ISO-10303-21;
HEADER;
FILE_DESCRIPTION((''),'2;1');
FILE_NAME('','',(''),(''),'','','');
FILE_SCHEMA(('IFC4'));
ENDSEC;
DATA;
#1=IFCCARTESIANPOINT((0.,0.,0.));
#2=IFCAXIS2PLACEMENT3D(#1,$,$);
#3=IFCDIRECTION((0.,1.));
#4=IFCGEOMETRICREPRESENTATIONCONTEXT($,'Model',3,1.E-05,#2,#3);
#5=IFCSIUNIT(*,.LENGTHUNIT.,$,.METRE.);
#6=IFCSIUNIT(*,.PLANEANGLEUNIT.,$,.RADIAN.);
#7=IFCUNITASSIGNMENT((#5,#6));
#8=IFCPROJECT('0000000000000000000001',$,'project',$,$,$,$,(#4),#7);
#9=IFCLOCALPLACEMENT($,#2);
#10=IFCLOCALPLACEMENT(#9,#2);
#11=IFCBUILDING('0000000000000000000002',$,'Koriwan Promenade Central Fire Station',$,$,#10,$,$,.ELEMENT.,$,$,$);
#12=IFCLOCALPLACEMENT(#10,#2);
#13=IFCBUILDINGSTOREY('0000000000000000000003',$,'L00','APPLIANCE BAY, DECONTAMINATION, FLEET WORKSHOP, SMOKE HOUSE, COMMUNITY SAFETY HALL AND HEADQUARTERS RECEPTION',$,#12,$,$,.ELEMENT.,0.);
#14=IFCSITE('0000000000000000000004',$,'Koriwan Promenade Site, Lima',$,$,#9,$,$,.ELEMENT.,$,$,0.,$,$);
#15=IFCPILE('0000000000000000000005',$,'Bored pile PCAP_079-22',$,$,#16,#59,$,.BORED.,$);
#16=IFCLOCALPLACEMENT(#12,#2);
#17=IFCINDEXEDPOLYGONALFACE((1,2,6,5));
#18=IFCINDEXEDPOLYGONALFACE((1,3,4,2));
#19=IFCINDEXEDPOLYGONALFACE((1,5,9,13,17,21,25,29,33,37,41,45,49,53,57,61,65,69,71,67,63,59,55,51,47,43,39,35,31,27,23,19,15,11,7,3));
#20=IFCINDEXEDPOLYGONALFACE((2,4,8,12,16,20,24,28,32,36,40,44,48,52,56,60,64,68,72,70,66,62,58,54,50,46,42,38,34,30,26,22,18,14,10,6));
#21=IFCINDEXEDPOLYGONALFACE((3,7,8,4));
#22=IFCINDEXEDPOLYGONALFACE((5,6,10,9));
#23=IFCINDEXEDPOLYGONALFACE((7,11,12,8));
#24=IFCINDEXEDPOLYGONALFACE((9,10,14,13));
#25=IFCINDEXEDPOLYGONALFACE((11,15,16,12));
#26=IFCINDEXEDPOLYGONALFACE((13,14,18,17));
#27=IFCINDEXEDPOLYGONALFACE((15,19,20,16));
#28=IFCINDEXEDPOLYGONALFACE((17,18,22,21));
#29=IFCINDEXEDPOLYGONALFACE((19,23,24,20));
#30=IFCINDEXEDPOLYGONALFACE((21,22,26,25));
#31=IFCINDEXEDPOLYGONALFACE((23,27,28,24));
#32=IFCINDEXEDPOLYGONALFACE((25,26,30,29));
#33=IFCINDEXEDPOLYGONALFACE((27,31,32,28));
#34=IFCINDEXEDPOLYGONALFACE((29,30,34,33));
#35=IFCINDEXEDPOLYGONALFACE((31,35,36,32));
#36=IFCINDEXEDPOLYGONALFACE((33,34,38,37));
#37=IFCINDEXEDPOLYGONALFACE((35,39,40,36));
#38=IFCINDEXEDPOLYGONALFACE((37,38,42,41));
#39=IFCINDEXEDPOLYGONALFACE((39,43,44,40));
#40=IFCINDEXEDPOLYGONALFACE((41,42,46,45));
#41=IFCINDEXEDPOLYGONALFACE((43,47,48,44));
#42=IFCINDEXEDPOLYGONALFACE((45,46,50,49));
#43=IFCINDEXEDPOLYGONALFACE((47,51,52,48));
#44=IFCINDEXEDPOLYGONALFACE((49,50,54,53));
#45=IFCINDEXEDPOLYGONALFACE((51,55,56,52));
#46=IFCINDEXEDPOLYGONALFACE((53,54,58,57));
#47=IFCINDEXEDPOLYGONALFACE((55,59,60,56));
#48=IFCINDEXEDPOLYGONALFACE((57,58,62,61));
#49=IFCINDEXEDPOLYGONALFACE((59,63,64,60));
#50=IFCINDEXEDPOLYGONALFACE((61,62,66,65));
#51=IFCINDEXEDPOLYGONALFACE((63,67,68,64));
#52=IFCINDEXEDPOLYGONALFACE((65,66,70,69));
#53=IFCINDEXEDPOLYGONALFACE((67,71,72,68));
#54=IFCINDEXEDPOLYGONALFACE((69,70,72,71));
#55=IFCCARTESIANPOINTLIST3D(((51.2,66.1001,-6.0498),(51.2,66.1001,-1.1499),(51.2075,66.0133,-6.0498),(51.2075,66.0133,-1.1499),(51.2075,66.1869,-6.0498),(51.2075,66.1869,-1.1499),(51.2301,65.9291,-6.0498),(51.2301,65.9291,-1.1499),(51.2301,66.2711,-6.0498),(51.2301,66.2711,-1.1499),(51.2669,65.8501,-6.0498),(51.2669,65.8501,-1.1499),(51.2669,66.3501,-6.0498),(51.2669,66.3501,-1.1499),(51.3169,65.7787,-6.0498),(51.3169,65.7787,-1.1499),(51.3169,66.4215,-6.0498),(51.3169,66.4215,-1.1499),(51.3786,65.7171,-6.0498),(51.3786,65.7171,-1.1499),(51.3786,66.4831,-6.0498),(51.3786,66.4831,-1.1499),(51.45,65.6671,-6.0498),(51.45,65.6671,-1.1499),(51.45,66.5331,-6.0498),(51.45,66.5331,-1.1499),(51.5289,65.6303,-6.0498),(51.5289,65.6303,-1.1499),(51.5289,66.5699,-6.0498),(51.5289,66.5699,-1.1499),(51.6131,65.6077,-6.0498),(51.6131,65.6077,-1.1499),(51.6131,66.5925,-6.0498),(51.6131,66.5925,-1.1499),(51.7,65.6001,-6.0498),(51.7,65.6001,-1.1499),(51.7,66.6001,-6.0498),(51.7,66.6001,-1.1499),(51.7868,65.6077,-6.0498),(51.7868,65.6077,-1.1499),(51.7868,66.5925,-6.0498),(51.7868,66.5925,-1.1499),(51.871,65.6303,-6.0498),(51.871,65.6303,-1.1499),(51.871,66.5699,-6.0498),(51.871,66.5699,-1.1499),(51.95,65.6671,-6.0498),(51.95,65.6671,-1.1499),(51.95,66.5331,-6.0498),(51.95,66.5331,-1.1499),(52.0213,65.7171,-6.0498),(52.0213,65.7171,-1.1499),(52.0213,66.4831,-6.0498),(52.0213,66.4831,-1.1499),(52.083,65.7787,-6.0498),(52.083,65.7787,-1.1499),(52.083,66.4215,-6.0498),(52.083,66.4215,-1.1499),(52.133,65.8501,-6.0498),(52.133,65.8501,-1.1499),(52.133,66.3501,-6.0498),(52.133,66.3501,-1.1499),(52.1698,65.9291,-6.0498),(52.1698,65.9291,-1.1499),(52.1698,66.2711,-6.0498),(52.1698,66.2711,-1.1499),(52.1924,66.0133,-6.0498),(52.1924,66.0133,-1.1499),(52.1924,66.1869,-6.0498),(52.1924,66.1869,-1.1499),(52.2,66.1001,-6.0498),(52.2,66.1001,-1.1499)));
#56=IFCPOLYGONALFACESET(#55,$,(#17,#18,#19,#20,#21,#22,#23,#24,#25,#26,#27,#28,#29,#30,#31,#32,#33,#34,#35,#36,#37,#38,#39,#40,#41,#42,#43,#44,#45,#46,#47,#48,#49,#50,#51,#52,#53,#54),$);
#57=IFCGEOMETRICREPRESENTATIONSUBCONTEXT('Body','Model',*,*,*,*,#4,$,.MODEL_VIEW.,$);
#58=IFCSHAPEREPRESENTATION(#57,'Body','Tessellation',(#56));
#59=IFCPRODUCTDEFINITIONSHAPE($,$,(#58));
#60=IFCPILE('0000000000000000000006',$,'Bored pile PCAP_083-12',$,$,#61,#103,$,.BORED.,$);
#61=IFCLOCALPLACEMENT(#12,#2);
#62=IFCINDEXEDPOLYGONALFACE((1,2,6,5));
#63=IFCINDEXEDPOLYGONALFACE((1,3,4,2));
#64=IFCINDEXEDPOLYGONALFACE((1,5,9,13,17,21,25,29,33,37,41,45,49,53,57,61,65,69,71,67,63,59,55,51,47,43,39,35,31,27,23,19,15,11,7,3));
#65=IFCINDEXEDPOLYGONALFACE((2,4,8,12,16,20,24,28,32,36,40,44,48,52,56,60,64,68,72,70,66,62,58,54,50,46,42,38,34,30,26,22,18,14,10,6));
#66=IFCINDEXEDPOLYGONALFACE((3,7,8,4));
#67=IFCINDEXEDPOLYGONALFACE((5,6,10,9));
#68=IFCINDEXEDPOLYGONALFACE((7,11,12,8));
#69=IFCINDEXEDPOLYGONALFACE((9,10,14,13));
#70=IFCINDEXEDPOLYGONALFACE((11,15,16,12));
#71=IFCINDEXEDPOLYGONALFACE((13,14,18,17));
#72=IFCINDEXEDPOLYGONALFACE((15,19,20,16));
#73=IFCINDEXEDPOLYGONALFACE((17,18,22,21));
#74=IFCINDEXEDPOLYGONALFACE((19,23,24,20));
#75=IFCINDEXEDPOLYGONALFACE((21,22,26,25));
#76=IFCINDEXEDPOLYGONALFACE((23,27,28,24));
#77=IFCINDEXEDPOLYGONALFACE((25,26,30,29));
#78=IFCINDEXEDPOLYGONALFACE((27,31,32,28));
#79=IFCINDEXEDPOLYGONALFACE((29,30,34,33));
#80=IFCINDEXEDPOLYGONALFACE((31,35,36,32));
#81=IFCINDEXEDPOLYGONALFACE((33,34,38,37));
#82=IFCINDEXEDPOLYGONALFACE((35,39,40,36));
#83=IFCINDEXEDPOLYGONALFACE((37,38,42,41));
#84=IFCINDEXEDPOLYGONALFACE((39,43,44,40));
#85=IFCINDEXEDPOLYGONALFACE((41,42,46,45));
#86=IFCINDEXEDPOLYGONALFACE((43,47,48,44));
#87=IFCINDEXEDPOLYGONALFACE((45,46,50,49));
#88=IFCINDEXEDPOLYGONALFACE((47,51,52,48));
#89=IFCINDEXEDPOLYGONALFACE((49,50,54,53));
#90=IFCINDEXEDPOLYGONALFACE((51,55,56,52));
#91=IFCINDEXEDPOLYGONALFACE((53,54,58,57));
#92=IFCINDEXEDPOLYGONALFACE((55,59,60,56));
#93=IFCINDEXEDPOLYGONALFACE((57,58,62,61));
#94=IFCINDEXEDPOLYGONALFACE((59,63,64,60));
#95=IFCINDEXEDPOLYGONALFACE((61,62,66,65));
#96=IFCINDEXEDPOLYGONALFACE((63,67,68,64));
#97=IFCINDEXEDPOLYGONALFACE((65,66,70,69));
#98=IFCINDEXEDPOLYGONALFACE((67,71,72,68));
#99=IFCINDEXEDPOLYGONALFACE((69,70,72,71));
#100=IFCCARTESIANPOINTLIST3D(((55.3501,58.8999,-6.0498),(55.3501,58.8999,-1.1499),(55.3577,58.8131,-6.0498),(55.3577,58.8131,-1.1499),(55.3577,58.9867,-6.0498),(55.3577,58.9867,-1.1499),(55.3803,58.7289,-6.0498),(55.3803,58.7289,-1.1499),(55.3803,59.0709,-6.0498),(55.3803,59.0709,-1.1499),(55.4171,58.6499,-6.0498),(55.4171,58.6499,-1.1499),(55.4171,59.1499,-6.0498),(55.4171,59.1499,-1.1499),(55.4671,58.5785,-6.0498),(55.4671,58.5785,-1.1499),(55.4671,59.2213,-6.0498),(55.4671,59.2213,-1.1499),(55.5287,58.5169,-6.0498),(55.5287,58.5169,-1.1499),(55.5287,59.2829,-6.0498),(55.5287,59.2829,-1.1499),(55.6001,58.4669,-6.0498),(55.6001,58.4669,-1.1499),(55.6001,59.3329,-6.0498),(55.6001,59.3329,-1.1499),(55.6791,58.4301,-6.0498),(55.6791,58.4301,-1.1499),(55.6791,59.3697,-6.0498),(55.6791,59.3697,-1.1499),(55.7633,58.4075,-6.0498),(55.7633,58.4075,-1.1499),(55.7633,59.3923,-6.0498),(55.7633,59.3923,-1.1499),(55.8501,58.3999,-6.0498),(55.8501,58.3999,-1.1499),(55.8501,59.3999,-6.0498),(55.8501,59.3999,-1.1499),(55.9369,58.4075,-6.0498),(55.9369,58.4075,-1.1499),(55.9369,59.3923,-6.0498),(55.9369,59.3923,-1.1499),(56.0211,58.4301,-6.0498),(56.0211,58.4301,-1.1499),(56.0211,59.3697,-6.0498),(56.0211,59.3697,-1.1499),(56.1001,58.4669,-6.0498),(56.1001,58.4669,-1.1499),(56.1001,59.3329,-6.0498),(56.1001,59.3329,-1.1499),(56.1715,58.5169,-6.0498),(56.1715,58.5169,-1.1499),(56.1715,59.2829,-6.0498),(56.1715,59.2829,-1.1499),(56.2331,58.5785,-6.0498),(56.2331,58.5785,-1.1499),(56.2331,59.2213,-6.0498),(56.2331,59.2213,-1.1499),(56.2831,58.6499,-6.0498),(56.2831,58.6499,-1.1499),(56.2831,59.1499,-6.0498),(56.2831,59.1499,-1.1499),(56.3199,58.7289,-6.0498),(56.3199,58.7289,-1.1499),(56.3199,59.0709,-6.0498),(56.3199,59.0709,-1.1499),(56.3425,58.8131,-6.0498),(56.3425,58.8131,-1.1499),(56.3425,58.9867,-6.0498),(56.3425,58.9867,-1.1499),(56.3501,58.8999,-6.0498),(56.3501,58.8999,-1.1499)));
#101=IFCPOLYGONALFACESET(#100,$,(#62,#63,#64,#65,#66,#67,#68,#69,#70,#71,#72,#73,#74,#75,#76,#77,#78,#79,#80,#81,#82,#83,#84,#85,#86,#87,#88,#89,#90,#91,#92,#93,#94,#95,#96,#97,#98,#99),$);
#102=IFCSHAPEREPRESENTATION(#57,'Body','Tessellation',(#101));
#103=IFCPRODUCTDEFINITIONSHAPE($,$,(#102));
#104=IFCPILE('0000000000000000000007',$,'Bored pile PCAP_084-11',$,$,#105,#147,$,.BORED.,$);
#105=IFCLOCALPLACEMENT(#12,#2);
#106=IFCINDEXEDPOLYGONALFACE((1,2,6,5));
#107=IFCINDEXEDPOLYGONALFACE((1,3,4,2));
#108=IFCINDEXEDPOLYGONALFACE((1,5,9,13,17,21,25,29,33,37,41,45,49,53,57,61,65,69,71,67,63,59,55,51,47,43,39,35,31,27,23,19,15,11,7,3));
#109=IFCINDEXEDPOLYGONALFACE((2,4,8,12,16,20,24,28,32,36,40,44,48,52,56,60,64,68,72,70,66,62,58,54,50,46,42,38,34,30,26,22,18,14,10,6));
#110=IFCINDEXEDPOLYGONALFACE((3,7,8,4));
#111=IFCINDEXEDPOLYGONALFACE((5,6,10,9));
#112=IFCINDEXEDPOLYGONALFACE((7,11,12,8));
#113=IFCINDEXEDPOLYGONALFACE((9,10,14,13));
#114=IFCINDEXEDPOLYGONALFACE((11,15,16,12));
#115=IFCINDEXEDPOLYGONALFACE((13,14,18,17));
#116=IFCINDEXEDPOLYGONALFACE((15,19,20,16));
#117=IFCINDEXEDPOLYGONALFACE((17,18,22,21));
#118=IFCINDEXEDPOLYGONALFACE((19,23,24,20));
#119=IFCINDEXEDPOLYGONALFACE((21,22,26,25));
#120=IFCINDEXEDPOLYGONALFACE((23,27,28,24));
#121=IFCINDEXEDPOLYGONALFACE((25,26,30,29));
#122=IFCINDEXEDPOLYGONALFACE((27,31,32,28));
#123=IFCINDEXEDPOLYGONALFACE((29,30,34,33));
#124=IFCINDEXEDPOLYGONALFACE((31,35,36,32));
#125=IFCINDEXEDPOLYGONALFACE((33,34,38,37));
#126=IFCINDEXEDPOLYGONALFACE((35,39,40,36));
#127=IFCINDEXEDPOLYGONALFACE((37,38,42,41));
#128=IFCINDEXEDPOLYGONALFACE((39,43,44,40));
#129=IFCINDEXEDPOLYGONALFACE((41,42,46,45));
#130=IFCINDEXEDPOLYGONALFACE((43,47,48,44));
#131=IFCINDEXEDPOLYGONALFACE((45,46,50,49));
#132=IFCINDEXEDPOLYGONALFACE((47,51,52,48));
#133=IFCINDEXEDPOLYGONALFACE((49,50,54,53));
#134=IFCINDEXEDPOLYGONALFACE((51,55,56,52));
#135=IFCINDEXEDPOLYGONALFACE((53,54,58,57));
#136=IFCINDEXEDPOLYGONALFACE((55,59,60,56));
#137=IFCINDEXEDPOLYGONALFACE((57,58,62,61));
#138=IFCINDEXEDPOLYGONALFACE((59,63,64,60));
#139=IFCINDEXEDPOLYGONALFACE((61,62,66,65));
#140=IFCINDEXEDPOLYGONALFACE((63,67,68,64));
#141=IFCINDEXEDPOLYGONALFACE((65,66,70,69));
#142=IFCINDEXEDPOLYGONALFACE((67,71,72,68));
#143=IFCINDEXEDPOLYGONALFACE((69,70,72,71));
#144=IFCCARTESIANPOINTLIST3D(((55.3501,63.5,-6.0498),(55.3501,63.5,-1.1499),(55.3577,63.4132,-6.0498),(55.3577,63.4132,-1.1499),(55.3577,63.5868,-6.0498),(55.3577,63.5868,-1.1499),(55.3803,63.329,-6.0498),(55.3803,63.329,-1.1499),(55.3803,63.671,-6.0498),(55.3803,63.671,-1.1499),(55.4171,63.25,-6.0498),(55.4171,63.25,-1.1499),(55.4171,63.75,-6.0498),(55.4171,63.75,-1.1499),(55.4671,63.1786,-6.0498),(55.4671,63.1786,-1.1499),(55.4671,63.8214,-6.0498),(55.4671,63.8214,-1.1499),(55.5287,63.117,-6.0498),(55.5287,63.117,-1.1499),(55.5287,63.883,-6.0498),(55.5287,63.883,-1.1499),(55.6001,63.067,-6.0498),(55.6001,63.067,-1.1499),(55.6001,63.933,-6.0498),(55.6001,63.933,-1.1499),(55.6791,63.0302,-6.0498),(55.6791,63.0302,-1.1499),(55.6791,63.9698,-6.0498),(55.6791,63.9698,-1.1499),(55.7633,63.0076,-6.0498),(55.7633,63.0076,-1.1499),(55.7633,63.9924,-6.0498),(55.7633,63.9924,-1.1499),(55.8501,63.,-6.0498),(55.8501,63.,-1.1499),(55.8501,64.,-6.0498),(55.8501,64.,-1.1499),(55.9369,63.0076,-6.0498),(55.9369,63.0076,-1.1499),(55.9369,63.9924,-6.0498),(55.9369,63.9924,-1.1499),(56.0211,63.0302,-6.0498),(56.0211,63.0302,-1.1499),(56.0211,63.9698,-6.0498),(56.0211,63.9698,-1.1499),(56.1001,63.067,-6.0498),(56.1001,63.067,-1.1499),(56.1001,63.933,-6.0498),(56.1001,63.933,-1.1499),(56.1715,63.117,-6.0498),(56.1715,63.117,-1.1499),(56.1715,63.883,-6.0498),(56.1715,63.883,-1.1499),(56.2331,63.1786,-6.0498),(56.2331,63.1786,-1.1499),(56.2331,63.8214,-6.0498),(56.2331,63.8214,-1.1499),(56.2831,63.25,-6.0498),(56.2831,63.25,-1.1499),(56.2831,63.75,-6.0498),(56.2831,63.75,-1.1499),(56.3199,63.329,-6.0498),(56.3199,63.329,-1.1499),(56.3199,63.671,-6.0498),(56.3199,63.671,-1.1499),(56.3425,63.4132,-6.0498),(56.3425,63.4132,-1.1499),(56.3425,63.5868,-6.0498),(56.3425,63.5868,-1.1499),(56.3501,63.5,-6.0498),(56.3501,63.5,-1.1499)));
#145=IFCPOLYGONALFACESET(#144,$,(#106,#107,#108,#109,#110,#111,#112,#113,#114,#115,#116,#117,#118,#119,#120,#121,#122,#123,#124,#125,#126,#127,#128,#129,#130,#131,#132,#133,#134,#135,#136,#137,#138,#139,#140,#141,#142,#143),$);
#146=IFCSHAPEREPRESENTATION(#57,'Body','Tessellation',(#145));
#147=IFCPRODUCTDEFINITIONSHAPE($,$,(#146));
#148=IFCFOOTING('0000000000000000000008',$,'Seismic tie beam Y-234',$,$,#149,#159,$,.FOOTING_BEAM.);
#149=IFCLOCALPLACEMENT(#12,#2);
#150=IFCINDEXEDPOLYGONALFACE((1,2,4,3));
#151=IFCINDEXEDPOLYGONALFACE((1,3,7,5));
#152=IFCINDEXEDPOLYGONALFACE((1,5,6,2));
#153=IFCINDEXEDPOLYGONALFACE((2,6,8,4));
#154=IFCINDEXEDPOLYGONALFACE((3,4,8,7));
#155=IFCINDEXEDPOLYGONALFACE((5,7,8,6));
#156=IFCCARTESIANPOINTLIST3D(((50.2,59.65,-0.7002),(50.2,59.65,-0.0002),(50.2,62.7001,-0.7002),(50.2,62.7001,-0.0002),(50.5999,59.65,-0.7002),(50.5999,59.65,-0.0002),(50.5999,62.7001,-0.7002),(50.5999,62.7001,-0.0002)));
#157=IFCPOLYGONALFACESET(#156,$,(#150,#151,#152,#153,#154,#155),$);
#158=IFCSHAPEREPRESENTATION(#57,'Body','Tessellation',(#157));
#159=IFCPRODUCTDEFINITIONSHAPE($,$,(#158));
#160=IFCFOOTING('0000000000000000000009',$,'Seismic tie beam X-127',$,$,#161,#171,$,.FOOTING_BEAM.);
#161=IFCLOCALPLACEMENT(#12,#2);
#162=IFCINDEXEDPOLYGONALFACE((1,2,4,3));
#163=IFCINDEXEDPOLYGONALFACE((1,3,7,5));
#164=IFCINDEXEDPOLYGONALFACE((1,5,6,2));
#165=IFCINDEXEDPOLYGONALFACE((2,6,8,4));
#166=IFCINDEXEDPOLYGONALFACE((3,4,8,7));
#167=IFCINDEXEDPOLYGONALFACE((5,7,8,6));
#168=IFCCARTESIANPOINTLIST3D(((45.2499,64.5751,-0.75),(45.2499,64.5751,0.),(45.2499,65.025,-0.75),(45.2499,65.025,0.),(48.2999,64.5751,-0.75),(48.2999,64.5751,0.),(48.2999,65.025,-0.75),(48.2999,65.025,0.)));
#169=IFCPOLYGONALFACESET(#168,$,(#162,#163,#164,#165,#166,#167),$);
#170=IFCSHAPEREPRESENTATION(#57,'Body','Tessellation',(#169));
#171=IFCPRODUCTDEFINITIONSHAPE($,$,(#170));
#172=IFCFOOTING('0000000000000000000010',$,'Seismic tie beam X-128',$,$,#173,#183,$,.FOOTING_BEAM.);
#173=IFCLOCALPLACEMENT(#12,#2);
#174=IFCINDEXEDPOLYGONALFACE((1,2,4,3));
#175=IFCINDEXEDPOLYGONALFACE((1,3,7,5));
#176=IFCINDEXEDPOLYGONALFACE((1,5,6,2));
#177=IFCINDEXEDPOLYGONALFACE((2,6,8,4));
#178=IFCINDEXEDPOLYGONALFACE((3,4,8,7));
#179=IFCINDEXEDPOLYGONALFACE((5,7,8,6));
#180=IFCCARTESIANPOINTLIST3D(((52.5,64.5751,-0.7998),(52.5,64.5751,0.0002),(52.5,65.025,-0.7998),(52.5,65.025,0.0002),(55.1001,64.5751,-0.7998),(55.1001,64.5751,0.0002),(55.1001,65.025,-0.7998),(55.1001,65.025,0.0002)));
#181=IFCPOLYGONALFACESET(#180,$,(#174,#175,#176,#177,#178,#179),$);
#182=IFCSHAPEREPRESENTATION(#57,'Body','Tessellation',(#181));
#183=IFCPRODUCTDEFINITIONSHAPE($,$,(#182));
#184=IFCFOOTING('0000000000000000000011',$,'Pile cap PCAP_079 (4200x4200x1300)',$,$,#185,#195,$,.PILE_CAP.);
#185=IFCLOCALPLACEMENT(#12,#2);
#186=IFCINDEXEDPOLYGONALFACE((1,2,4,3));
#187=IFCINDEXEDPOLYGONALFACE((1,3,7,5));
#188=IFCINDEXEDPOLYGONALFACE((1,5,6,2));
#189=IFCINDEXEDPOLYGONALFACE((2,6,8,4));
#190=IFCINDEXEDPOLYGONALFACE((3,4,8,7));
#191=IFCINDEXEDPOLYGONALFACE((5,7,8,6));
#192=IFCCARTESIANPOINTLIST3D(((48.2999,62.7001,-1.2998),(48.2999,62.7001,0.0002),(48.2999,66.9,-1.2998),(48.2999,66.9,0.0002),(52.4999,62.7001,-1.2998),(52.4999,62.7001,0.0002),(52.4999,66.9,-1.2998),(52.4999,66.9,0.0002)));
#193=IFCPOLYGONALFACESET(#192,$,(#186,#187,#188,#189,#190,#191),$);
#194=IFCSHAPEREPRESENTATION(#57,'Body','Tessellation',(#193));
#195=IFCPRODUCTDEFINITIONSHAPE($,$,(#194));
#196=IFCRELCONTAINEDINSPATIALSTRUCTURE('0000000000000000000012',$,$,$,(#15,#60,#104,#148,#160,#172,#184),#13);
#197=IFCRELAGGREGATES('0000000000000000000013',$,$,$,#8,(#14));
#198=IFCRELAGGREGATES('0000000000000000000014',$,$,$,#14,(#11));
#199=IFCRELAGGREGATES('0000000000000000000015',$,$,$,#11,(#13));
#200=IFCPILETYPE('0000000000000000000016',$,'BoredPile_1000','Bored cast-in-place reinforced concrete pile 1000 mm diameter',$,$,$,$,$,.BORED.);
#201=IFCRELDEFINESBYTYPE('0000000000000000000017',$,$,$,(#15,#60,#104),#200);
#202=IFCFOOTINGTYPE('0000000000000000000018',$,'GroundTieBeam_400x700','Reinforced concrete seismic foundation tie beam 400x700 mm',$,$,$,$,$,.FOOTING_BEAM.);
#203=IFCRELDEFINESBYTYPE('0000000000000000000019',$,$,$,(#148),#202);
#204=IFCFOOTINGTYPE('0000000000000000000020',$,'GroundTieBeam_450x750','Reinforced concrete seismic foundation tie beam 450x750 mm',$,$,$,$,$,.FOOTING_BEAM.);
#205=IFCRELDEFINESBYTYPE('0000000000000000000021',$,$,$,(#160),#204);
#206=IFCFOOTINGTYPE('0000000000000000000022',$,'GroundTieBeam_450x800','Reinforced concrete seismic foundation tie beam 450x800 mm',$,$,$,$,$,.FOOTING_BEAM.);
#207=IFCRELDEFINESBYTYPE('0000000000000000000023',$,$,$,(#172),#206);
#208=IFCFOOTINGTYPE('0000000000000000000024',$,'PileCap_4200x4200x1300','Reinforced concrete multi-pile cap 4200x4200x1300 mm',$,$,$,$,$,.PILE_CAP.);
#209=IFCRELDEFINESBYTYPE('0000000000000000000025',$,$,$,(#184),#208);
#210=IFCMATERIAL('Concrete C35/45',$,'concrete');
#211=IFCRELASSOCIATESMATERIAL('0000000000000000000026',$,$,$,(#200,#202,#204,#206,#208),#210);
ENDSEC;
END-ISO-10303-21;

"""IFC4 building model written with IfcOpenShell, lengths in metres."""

from ifc_helpers import new_model, si_unit, direction, frame, origin, origin_2d, place, context, subcontext, project, spatial, rectangle, circle, extrude, material, material_profile, profile_set, type_object, element, save


model = new_model("IFC4")

# Units and contexts
model_context = context("Model", 3, precision=1e-05, world=origin(), true_north=direction((0.0, 1.0)))
body_context = subcontext(model_context, "Body", "Model", "MODEL_VIEW")
ifc_project = project(units=[si_unit("LENGTHUNIT", "METRE"), si_unit("PLANEANGLEUNIT", "RADIAN")], contexts=[model_context])

# Site, building, storey
site_placement = place(None, origin())
site = spatial("IfcSite", under=ifc_project, at=site_placement, Name="Koriwan Promenade Site, Lima", CompositionType="ELEMENT", RefElevation=0.0)
building_placement = place(site_placement, origin())
building = spatial("IfcBuilding", under=site, at=building_placement, Name="Koriwan Promenade Central Fire Station", CompositionType="ELEMENT")
storey_placement = place(building_placement, origin())
storey = spatial("IfcBuildingStorey", under=building, at=storey_placement, Name="L00", Description="APPLIANCE BAY, DECONTAMINATION, FLEET WORKSHOP, SMOKE HOUSE, COMMUNITY SAFETY HALL AND HEADQUARTERS RECEPTION", CompositionType="ELEMENT", Elevation=0.0)

# Piles
ifc_material_1 = material(Name="Concrete C35/45", Category="concrete")
ifc_material_profile_1 = material_profile(ifc_material_1, circle(Radius=0.5, at=origin_2d()), Name="PILE-D1000")
ifc_profile_set_1 = profile_set([ifc_material_profile_1], Name="Concrete C35/45")
pile_type = type_object("IfcPileType", Name="BoredPile_1000", Description="Bored cast-in-place reinforced concrete pile 1000 mm diameter", PredefinedType="BORED", material=ifc_profile_set_1)
for number, where, z_axis, x_axis, name in (
    (1, (51.7, 66.1001, -1.1499), (0.0, 0.0, -1.0), (1.0, 0.0, 0.0), "Bored pile PCAP_079-22"),
    (2, (55.8501, 58.8999, -1.1499), (0.0, 0.0, -1.0), (1.0, 0.0, 0.0), "Bored pile PCAP_083-12"),
    (3, (55.8501, 63.5, -1.1499), (0.0, 0.0, -1.0), (1.0, 0.0, 0.0), "Bored pile PCAP_084-11"),
):
    element("IfcPile", number, at=place(storey_placement, frame(where, z_axis=z_axis, x_axis=x_axis)), inside=storey, type_object=pile_type, Name=name, PredefinedType="BORED", context=body_context, shape_type="SweptSolid", body=[
        extrude(circle(Radius=0.5, at=origin_2d()), origin(), (0.0, 0.0, 1.0), 4.8999),
    ])

# Footings
footing_type_1 = type_object("IfcFootingType", Name="GroundTieBeam_400x700", Description="Reinforced concrete seismic foundation tie beam 400x700 mm", PredefinedType="FOOTING_BEAM", material=ifc_material_1)
footing_1_placement = place(storey_placement, frame((50.3999, 61.175, -0.7002), z_axis=(0.0, 0.0, 1.0), x_axis=(0.0, 1.0, 0.0)))
element("IfcFooting", 4, at=footing_1_placement, inside=storey, type_object=footing_type_1, Name="Seismic tie beam Y-234", PredefinedType="FOOTING_BEAM", context=body_context, shape_type="SweptSolid", body=[
    extrude(rectangle(XDim=3.05, YDim=0.3999, at=origin_2d()), origin(), (0.0, 0.0, 1.0), 0.7),
])
footing_type_2 = type_object("IfcFootingType", Name="GroundTieBeam_450x750", Description="Reinforced concrete seismic foundation tie beam 450x750 mm", PredefinedType="FOOTING_BEAM", material=ifc_material_1)
footing_2_placement = place(storey_placement, frame((46.7749, 64.8, -0.75), z_axis=(0.0, 0.0, 1.0), x_axis=(1.0, 0.0, 0.0)))
element("IfcFooting", 5, at=footing_2_placement, inside=storey, type_object=footing_type_2, Name="Seismic tie beam X-127", PredefinedType="FOOTING_BEAM", context=body_context, shape_type="SweptSolid", body=[
    extrude(rectangle(XDim=3.05, YDim=0.45, at=origin_2d()), origin(), (0.0, 0.0, 1.0), 0.75),
])
footing_type_3 = type_object("IfcFootingType", Name="GroundTieBeam_450x800", Description="Reinforced concrete seismic foundation tie beam 450x800 mm", PredefinedType="FOOTING_BEAM", material=ifc_material_1)
footing_3_placement = place(storey_placement, frame((53.8, 64.8, -0.7998), z_axis=(0.0, 0.0, 1.0), x_axis=(1.0, 0.0, 0.0)))
element("IfcFooting", 6, at=footing_3_placement, inside=storey, type_object=footing_type_3, Name="Seismic tie beam X-128", PredefinedType="FOOTING_BEAM", context=body_context, shape_type="SweptSolid", body=[
    extrude(rectangle(XDim=2.6001, YDim=0.45, at=origin_2d()), origin(), (0.0, 0.0, 1.0), 0.8),
])
footing_type_4 = type_object("IfcFootingType", Name="PileCap_4200x4200x1300", Description="Reinforced concrete multi-pile cap 4200x4200x1300 mm", PredefinedType="PILE_CAP", material=ifc_material_1)
footing_4_placement = place(storey_placement, frame((50.3999, 64.8, -1.2998), z_axis=(0.0, 0.0, 1.0), x_axis=(1.0, 0.0, 0.0)))
element("IfcFooting", 7, at=footing_4_placement, inside=storey, type_object=footing_type_4, Name="Pile cap PCAP_079 (4200x4200x1300)", PredefinedType="PILE_CAP", context=body_context, shape_type="SweptSolid", body=[
    extrude(rectangle(XDim=4.2, YDim=4.2, at=origin_2d()), origin(), (0.0, 0.0, 1.0), 1.3),
])

save(model, "model.ifc")
